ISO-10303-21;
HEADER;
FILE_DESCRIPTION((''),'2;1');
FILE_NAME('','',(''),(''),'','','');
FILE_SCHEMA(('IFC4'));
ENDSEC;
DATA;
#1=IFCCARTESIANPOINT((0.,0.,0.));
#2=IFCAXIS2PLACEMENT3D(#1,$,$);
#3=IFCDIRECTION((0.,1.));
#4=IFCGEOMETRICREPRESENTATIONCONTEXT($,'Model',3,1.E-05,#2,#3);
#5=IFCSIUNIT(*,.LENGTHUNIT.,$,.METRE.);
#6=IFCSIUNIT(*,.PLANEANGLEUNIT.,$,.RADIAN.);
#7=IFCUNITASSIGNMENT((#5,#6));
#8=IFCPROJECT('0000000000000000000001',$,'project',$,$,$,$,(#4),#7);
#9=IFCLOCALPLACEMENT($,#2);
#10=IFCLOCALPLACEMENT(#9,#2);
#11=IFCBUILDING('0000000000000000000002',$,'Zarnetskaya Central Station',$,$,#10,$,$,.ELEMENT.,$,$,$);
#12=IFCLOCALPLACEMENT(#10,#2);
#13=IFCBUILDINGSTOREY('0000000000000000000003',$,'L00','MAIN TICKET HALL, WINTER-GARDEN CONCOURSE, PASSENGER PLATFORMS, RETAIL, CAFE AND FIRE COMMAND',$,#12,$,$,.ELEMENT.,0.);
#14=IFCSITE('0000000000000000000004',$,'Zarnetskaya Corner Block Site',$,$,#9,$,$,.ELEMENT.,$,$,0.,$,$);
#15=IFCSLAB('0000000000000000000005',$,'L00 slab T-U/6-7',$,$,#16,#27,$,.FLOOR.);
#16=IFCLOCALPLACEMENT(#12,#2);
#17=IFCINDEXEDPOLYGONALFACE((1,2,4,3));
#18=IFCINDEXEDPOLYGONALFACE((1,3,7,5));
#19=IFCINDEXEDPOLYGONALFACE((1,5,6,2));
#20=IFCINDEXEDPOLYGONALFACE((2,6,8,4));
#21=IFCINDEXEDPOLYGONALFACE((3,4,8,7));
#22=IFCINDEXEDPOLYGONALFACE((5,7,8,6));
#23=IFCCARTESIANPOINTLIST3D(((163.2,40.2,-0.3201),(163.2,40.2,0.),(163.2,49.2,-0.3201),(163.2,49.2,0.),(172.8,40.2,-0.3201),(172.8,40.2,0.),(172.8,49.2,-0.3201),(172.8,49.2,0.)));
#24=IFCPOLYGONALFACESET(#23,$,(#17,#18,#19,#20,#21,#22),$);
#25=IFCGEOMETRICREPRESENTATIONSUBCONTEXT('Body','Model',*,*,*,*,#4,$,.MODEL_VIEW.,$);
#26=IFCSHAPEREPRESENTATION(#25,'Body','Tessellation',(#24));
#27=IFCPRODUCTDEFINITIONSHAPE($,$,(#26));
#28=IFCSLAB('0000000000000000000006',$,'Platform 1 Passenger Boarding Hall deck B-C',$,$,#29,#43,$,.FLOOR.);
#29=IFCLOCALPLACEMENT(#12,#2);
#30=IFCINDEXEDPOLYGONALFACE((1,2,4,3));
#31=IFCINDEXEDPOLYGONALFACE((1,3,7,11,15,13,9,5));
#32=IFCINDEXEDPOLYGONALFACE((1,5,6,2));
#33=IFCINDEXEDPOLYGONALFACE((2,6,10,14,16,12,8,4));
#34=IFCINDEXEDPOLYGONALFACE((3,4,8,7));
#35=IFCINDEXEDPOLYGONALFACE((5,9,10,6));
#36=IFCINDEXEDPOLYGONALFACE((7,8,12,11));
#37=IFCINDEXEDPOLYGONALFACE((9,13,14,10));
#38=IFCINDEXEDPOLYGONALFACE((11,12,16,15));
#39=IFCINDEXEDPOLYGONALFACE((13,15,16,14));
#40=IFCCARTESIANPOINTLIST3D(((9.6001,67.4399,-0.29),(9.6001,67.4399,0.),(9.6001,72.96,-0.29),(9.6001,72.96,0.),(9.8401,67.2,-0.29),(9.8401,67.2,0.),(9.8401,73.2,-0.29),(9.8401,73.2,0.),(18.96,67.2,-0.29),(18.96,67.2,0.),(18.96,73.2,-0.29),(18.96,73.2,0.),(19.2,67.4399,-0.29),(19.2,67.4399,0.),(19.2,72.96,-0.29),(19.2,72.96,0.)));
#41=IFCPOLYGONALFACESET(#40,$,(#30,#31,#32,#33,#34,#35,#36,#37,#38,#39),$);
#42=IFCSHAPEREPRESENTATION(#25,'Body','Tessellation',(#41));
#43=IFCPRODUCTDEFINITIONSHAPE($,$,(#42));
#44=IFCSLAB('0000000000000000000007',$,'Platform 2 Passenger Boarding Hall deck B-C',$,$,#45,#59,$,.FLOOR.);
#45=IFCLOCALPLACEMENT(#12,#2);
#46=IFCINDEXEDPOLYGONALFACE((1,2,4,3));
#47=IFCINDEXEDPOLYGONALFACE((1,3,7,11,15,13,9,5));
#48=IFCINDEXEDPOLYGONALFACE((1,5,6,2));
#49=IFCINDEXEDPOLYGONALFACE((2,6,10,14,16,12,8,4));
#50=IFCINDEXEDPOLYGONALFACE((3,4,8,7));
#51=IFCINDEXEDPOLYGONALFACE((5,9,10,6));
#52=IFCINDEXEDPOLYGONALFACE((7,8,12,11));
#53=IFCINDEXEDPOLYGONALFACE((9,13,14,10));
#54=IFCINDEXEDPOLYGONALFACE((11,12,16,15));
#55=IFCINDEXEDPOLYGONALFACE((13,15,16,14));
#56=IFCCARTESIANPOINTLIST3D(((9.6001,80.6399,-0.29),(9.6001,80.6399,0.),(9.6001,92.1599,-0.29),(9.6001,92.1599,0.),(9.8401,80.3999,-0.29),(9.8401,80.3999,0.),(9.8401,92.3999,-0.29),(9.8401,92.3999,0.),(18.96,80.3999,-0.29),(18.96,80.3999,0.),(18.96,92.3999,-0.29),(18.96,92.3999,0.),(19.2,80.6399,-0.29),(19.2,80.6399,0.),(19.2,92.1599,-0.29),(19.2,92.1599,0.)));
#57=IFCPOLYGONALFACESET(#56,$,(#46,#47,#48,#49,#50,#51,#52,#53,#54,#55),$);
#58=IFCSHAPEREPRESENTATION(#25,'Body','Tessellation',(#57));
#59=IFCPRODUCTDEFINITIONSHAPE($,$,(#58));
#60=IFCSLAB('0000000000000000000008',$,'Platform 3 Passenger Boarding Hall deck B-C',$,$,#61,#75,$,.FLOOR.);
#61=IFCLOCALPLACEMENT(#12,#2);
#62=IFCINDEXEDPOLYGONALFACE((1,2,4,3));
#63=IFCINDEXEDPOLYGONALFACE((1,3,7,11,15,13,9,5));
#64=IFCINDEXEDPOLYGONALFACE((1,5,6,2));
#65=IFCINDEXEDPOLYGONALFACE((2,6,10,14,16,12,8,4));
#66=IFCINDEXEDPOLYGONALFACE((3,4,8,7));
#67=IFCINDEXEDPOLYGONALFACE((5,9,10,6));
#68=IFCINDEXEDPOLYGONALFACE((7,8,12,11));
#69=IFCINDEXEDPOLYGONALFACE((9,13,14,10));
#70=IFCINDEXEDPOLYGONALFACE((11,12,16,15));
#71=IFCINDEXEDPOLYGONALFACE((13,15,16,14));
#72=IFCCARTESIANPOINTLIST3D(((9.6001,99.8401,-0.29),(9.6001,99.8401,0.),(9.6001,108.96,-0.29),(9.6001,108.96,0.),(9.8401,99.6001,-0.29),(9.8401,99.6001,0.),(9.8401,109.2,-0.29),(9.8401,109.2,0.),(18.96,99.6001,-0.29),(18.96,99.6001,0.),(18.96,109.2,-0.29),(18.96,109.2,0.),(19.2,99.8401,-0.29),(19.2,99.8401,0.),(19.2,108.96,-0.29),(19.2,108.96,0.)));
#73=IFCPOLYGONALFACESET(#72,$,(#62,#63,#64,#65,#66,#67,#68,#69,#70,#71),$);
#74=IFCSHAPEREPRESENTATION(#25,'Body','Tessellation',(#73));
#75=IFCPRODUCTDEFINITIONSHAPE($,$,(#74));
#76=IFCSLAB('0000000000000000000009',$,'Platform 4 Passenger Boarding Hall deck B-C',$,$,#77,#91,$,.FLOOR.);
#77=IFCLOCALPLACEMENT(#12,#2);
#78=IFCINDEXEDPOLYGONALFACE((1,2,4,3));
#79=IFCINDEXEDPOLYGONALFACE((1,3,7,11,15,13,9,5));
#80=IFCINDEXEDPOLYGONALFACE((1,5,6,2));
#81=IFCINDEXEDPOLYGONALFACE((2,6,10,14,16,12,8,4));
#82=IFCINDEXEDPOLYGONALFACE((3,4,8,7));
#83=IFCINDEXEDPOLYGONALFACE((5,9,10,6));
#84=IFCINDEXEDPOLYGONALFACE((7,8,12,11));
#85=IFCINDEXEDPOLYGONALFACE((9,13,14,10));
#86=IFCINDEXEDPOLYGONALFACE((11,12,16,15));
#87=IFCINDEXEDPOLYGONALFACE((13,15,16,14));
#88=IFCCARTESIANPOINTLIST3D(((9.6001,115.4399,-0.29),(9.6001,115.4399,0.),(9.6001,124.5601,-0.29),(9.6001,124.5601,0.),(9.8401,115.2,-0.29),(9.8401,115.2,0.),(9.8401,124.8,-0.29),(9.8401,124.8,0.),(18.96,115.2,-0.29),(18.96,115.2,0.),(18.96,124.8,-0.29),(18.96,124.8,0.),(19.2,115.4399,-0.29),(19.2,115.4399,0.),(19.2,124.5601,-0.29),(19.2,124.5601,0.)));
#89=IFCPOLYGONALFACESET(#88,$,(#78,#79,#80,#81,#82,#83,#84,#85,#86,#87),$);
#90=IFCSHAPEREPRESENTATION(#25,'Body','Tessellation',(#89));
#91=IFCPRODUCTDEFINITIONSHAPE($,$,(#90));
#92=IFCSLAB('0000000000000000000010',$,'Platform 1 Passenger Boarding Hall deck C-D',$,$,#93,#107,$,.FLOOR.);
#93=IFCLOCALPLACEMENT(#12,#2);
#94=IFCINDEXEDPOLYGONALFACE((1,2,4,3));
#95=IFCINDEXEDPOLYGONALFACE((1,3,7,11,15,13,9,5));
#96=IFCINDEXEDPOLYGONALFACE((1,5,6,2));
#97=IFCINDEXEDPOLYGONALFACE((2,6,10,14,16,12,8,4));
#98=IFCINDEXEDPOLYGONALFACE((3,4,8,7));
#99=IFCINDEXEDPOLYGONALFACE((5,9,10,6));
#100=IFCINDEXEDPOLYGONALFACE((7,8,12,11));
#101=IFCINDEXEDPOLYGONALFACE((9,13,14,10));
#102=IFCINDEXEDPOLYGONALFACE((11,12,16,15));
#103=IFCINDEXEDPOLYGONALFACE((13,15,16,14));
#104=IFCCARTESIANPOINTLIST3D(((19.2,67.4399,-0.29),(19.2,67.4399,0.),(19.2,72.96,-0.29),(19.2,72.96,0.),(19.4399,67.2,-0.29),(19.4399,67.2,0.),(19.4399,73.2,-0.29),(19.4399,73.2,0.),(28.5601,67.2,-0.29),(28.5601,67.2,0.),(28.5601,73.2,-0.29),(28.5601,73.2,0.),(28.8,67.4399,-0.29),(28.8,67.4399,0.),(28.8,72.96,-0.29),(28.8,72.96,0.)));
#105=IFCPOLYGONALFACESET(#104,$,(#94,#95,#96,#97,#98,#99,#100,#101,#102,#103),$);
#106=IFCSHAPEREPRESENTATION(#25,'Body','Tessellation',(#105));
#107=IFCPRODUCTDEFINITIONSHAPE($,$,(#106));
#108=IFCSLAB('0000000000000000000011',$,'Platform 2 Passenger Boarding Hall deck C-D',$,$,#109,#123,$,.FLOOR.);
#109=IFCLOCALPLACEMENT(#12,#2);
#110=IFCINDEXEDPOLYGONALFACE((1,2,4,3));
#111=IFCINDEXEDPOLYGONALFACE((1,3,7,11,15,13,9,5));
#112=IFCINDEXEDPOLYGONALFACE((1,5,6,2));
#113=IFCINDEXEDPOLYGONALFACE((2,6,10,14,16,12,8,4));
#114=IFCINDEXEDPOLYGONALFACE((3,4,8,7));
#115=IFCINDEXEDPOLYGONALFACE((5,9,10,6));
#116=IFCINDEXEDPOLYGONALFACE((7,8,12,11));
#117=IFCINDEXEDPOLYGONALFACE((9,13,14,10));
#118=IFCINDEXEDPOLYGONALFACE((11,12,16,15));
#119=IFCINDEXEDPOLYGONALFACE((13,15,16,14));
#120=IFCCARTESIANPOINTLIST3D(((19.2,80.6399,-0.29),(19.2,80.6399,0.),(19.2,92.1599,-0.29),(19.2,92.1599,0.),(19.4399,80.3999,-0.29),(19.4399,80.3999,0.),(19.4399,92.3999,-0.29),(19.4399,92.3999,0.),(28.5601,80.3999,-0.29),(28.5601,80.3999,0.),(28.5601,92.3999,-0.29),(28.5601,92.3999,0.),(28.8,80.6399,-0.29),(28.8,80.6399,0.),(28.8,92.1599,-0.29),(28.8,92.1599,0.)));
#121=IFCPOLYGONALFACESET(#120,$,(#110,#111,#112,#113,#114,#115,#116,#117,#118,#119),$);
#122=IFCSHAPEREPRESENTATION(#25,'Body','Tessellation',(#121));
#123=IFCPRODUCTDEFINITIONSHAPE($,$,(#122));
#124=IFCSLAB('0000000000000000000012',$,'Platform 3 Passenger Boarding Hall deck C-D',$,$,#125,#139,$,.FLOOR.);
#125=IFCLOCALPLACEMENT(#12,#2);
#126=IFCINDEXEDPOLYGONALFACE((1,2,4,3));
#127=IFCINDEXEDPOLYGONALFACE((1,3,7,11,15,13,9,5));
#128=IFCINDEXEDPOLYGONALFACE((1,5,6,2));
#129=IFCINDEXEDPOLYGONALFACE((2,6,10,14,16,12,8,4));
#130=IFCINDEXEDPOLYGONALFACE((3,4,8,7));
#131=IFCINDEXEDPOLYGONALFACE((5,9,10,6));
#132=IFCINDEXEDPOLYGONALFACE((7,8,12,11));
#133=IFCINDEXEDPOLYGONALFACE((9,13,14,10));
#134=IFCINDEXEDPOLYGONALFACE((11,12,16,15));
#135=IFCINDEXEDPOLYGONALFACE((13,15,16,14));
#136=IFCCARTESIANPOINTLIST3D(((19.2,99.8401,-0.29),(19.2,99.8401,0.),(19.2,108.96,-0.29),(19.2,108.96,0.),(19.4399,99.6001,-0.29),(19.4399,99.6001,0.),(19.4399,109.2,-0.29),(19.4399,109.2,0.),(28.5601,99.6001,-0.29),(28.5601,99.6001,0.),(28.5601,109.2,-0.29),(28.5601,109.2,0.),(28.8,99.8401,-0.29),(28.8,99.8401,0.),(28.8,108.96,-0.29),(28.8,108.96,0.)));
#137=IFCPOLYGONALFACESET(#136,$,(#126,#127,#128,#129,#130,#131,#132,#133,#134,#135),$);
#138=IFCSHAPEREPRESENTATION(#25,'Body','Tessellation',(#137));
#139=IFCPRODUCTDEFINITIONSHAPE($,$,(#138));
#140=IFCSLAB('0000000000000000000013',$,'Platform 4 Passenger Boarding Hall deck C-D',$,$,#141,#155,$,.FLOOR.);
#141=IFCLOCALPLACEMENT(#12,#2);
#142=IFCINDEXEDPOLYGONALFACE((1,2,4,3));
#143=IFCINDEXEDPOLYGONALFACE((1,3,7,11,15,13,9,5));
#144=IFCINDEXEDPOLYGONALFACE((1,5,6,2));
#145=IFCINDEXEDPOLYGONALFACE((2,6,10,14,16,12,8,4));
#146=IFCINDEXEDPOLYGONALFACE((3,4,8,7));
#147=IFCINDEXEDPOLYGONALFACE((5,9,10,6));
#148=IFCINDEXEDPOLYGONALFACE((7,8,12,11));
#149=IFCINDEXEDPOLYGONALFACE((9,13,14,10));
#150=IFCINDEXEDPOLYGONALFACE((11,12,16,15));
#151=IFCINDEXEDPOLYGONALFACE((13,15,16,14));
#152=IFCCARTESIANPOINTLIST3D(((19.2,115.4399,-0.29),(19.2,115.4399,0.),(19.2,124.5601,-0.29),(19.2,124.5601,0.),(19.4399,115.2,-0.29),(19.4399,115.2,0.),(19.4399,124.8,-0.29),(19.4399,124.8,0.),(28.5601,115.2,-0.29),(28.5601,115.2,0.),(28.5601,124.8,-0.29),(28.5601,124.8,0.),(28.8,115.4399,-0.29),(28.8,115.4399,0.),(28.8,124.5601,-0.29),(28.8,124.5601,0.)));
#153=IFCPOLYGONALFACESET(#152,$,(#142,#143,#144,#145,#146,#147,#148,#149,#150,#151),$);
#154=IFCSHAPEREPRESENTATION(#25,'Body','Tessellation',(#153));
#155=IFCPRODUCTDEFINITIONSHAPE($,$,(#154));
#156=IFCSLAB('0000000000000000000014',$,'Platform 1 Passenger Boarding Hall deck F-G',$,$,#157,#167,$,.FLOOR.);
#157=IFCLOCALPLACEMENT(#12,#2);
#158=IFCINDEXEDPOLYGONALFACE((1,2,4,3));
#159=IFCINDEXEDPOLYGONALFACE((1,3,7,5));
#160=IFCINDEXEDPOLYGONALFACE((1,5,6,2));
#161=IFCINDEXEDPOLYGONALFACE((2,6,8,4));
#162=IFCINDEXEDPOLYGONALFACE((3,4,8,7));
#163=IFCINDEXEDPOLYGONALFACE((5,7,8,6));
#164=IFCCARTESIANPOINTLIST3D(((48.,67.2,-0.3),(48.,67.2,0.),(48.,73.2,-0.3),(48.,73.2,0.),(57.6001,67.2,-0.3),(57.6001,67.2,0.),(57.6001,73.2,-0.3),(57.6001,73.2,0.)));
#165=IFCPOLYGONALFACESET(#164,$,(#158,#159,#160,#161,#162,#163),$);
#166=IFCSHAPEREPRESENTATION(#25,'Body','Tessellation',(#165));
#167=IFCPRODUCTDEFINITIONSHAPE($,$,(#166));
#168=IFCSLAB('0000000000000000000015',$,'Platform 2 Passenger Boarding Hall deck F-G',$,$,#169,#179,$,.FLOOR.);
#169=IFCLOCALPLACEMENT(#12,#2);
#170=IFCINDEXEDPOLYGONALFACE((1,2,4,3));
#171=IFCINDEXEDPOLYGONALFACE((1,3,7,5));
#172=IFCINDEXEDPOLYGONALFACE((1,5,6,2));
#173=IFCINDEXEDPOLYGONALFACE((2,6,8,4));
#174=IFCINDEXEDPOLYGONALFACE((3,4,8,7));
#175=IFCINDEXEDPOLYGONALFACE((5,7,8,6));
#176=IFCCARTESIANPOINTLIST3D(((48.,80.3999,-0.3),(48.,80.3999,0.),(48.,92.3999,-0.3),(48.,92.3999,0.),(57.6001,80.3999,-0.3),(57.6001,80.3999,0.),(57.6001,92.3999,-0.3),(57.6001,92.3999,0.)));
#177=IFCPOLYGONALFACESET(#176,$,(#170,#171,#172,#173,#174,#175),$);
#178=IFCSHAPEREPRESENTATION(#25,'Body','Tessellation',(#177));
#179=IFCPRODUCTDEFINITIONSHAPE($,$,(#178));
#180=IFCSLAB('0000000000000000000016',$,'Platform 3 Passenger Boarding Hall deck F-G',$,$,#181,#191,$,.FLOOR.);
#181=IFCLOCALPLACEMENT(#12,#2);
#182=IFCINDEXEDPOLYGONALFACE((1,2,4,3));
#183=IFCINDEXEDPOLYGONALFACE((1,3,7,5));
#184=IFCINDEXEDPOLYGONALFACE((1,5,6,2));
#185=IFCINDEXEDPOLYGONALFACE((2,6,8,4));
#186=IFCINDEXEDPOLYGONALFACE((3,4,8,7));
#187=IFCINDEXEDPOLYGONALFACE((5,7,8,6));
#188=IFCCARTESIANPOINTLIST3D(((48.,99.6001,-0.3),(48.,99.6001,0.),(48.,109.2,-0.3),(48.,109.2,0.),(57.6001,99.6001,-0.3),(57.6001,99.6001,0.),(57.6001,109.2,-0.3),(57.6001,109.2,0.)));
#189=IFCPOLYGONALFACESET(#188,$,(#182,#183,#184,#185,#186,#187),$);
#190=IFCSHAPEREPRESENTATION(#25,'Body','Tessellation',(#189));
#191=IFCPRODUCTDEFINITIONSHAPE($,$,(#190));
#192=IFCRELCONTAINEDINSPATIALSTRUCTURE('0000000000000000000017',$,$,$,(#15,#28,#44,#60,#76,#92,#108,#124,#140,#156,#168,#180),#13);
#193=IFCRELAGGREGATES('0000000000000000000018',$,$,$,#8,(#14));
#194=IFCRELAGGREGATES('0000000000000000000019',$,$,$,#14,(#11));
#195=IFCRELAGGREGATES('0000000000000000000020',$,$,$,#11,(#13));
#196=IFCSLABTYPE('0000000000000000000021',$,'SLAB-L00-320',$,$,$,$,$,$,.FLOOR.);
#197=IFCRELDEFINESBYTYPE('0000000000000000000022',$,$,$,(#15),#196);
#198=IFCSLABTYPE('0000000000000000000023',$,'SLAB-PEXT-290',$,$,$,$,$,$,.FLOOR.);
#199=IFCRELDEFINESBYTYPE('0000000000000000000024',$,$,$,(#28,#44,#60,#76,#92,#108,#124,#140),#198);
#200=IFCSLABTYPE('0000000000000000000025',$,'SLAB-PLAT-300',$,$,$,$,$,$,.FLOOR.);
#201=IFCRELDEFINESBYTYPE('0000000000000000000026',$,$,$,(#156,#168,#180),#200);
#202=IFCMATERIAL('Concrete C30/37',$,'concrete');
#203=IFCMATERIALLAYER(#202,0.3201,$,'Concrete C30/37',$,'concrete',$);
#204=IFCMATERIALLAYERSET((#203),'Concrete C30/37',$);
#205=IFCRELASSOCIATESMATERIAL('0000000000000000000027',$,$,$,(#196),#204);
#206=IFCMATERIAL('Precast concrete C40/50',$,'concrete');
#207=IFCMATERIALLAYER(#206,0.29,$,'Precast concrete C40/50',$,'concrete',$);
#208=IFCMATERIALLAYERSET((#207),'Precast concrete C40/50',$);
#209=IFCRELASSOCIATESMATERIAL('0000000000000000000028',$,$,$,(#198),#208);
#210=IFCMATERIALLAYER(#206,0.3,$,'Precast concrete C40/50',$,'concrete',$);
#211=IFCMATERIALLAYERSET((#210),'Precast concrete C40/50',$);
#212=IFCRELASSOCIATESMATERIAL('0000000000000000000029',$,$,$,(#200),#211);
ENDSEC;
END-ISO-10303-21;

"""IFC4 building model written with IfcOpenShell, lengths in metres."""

from ifc_helpers import new_model, si_unit, direction, frame, origin, place, context, subcontext, project, spatial, polyline, outline, extrude, material, layer, layer_set, type_object, element, save


model = new_model("IFC4")

# Units and contexts
model_context = context("Model", 3, precision=1e-05, world=origin(), true_north=direction((0.0, 1.0)))
body_context = subcontext(model_context, "Body", "Model", "MODEL_VIEW")
ifc_project = project(units=[si_unit("LENGTHUNIT", "METRE"), si_unit("PLANEANGLEUNIT", "RADIAN")], contexts=[model_context])

# Site, building, storey
site_placement = place(None, origin())
site = spatial("IfcSite", under=ifc_project, at=site_placement, Name="Zarnetskaya Corner Block Site", CompositionType="ELEMENT", RefElevation=0.0)
building_placement = place(site_placement, origin())
building = spatial("IfcBuilding", under=site, at=building_placement, Name="Zarnetskaya Central Station", CompositionType="ELEMENT")
storey_placement = place(building_placement, origin())
storey = spatial("IfcBuildingStorey", under=building, at=storey_placement, Name="L00", Description="MAIN TICKET HALL, WINTER-GARDEN CONCOURSE, PASSENGER PLATFORMS, RETAIL, CAFE AND FIRE COMMAND", CompositionType="ELEMENT", Elevation=0.0)

# Slabs
ifc_material_1 = material(Name="Concrete C30/37", Category="concrete")
ifc_layer_1 = layer(ifc_material_1, 0.3201, Name="Concrete C30/37", Category="concrete")
ifc_layer_set_1 = layer_set([ifc_layer_1], Name="Concrete C30/37")
slab_type_1 = type_object("IfcSlabType", Name="SLAB-L00-320", PredefinedType="FLOOR", material=ifc_layer_set_1)
slab_1_placement = place(storey_placement, frame((0.0, 0.0, -0.3201)))
element("IfcSlab", 1, at=slab_1_placement, inside=storey, type_object=slab_type_1, Name="L00 slab T-U/6-7", PredefinedType="FLOOR", context=body_context, shape_type="SweptSolid", body=[
    extrude(outline(polyline([(163.2, 40.2), (172.8, 40.2), (172.8, 49.2), (163.2, 49.2), (163.2, 40.2)])), origin(), (0.0, 0.0, 1.0), 0.3201),
])
ifc_material_2 = material(Name="Precast concrete C40/50", Category="concrete")
ifc_layer_2 = layer(ifc_material_2, 0.29, Name="Precast concrete C40/50", Category="concrete")
ifc_layer_set_2 = layer_set([ifc_layer_2], Name="Precast concrete C40/50")
slab_type_2 = type_object("IfcSlabType", Name="SLAB-PEXT-290", PredefinedType="FLOOR", material=ifc_layer_set_2)
slab_2_placement = place(storey_placement, frame((0.0, 0.0, -0.29)))
element("IfcSlab", 2, at=slab_2_placement, inside=storey, type_object=slab_type_2, Name="Platform 1 Passenger Boarding Hall deck B-C", PredefinedType="FLOOR", context=body_context, shape_type="SweptSolid", body=[
    extrude(outline(polyline([(9.8401, 67.2), (18.96, 67.2), (19.2, 67.4399), (19.2, 72.96), (18.96, 73.2), (9.8401, 73.2), (9.6001, 72.96), (9.6001, 67.4399), (9.8401, 67.2)])), origin(), (0.0, 0.0, 1.0), 0.29),
])
slab_3_placement = place(storey_placement, frame((0.0, 0.0, -0.29)))
element("IfcSlab", 3, at=slab_3_placement, inside=storey, type_object=slab_type_2, Name="Platform 2 Passenger Boarding Hall deck B-C", PredefinedType="FLOOR", context=body_context, shape_type="SweptSolid", body=[
    extrude(outline(polyline([(9.8401, 80.3999), (18.96, 80.3999), (19.2, 80.6399), (19.2, 92.1599), (18.96, 92.3999), (9.8401, 92.3999), (9.6001, 92.1599), (9.6001, 80.6399), (9.8401, 80.3999)])), origin(), (0.0, 0.0, 1.0), 0.29),
])
slab_4_placement = place(storey_placement, frame((0.0, 0.0, -0.29)))
element("IfcSlab", 4, at=slab_4_placement, inside=storey, type_object=slab_type_2, Name="Platform 3 Passenger Boarding Hall deck B-C", PredefinedType="FLOOR", context=body_context, shape_type="SweptSolid", body=[
    extrude(outline(polyline([(9.8401, 99.6001), (18.96, 99.6001), (19.2, 99.8401), (19.2, 108.96), (18.96, 109.2), (9.8401, 109.2), (9.6001, 108.96), (9.6001, 99.8401), (9.8401, 99.6001)])), origin(), (0.0, 0.0, 1.0), 0.29),
])
slab_5_placement = place(storey_placement, frame((0.0, 0.0, -0.29)))
element("IfcSlab", 5, at=slab_5_placement, inside=storey, type_object=slab_type_2, Name="Platform 4 Passenger Boarding Hall deck B-C", PredefinedType="FLOOR", context=body_context, shape_type="SweptSolid", body=[
    extrude(outline(polyline([(9.8401, 115.2), (18.96, 115.2), (19.2, 115.4399), (19.2, 124.5601), (18.96, 124.8), (9.8401, 124.8), (9.6001, 124.5601), (9.6001, 115.4399), (9.8401, 115.2)])), origin(), (0.0, 0.0, 1.0), 0.29),
])
slab_6_placement = place(storey_placement, frame((0.0, 0.0, -0.29)))
element("IfcSlab", 6, at=slab_6_placement, inside=storey, type_object=slab_type_2, Name="Platform 1 Passenger Boarding Hall deck C-D", PredefinedType="FLOOR", context=body_context, shape_type="SweptSolid", body=[
    extrude(outline(polyline([(19.4399, 67.2), (28.5601, 67.2), (28.8, 67.4399), (28.8, 72.96), (28.5601, 73.2), (19.4399, 73.2), (19.2, 72.96), (19.2, 67.4399), (19.4399, 67.2)])), origin(), (0.0, 0.0, 1.0), 0.29),
])
slab_7_placement = place(storey_placement, frame((0.0, 0.0, -0.29)))
element("IfcSlab", 7, at=slab_7_placement, inside=storey, type_object=slab_type_2, Name="Platform 2 Passenger Boarding Hall deck C-D", PredefinedType="FLOOR", context=body_context, shape_type="SweptSolid", body=[
    extrude(outline(polyline([(19.4399, 80.3999), (28.5601, 80.3999), (28.8, 80.6399), (28.8, 92.1599), (28.5601, 92.3999), (19.4399, 92.3999), (19.2, 92.1599), (19.2, 80.6399), (19.4399, 80.3999)])), origin(), (0.0, 0.0, 1.0), 0.29),
])
slab_8_placement = place(storey_placement, frame((0.0, 0.0, -0.29)))
element("IfcSlab", 8, at=slab_8_placement, inside=storey, type_object=slab_type_2, Name="Platform 3 Passenger Boarding Hall deck C-D", PredefinedType="FLOOR", context=body_context, shape_type="SweptSolid", body=[
    extrude(outline(polyline([(19.4399, 99.6001), (28.5601, 99.6001), (28.8, 99.8401), (28.8, 108.96), (28.5601, 109.2), (19.4399, 109.2), (19.2, 108.96), (19.2, 99.8401), (19.4399, 99.6001)])), origin(), (0.0, 0.0, 1.0), 0.29),
])
slab_9_placement = place(storey_placement, frame((0.0, 0.0, -0.29)))
element("IfcSlab", 9, at=slab_9_placement, inside=storey, type_object=slab_type_2, Name="Platform 4 Passenger Boarding Hall deck C-D", PredefinedType="FLOOR", context=body_context, shape_type="SweptSolid", body=[
    extrude(outline(polyline([(19.4399, 115.2), (28.5601, 115.2), (28.8, 115.4399), (28.8, 124.5601), (28.5601, 124.8), (19.4399, 124.8), (19.2, 124.5601), (19.2, 115.4399), (19.4399, 115.2)])), origin(), (0.0, 0.0, 1.0), 0.29),
])
ifc_layer_3 = layer(ifc_material_2, 0.3, Name="Precast concrete C40/50", Category="concrete")
ifc_layer_set_3 = layer_set([ifc_layer_3], Name="Precast concrete C40/50")
slab_type_3 = type_object("IfcSlabType", Name="SLAB-PLAT-300", PredefinedType="FLOOR", material=ifc_layer_set_3)
slab_10_placement = place(storey_placement, frame((0.0, 0.0, -0.3)))
element("IfcSlab", 10, at=slab_10_placement, inside=storey, type_object=slab_type_3, Name="Platform 1 Passenger Boarding Hall deck F-G", PredefinedType="FLOOR", context=body_context, shape_type="SweptSolid", body=[
    extrude(outline(polyline([(48.0, 67.2), (57.6001, 67.2), (57.6001, 73.2), (48.0, 73.2), (48.0, 67.2)])), origin(), (0.0, 0.0, 1.0), 0.3),
])
slab_11_placement = place(storey_placement, frame((0.0, 0.0, -0.3)))
element("IfcSlab", 11, at=slab_11_placement, inside=storey, type_object=slab_type_3, Name="Platform 2 Passenger Boarding Hall deck F-G", PredefinedType="FLOOR", context=body_context, shape_type="SweptSolid", body=[
    extrude(outline(polyline([(48.0, 80.3999), (57.6001, 80.3999), (57.6001, 92.3999), (48.0, 92.3999), (48.0, 80.3999)])), origin(), (0.0, 0.0, 1.0), 0.3),
])
slab_12_placement = place(storey_placement, frame((0.0, 0.0, -0.3)))
element("IfcSlab", 12, at=slab_12_placement, inside=storey, type_object=slab_type_3, Name="Platform 3 Passenger Boarding Hall deck F-G", PredefinedType="FLOOR", context=body_context, shape_type="SweptSolid", body=[
    extrude(outline(polyline([(48.0, 99.6001), (57.6001, 99.6001), (57.6001, 109.2), (48.0, 109.2), (48.0, 99.6001)])), origin(), (0.0, 0.0, 1.0), 0.3),
])

save(model, "model.ifc")
